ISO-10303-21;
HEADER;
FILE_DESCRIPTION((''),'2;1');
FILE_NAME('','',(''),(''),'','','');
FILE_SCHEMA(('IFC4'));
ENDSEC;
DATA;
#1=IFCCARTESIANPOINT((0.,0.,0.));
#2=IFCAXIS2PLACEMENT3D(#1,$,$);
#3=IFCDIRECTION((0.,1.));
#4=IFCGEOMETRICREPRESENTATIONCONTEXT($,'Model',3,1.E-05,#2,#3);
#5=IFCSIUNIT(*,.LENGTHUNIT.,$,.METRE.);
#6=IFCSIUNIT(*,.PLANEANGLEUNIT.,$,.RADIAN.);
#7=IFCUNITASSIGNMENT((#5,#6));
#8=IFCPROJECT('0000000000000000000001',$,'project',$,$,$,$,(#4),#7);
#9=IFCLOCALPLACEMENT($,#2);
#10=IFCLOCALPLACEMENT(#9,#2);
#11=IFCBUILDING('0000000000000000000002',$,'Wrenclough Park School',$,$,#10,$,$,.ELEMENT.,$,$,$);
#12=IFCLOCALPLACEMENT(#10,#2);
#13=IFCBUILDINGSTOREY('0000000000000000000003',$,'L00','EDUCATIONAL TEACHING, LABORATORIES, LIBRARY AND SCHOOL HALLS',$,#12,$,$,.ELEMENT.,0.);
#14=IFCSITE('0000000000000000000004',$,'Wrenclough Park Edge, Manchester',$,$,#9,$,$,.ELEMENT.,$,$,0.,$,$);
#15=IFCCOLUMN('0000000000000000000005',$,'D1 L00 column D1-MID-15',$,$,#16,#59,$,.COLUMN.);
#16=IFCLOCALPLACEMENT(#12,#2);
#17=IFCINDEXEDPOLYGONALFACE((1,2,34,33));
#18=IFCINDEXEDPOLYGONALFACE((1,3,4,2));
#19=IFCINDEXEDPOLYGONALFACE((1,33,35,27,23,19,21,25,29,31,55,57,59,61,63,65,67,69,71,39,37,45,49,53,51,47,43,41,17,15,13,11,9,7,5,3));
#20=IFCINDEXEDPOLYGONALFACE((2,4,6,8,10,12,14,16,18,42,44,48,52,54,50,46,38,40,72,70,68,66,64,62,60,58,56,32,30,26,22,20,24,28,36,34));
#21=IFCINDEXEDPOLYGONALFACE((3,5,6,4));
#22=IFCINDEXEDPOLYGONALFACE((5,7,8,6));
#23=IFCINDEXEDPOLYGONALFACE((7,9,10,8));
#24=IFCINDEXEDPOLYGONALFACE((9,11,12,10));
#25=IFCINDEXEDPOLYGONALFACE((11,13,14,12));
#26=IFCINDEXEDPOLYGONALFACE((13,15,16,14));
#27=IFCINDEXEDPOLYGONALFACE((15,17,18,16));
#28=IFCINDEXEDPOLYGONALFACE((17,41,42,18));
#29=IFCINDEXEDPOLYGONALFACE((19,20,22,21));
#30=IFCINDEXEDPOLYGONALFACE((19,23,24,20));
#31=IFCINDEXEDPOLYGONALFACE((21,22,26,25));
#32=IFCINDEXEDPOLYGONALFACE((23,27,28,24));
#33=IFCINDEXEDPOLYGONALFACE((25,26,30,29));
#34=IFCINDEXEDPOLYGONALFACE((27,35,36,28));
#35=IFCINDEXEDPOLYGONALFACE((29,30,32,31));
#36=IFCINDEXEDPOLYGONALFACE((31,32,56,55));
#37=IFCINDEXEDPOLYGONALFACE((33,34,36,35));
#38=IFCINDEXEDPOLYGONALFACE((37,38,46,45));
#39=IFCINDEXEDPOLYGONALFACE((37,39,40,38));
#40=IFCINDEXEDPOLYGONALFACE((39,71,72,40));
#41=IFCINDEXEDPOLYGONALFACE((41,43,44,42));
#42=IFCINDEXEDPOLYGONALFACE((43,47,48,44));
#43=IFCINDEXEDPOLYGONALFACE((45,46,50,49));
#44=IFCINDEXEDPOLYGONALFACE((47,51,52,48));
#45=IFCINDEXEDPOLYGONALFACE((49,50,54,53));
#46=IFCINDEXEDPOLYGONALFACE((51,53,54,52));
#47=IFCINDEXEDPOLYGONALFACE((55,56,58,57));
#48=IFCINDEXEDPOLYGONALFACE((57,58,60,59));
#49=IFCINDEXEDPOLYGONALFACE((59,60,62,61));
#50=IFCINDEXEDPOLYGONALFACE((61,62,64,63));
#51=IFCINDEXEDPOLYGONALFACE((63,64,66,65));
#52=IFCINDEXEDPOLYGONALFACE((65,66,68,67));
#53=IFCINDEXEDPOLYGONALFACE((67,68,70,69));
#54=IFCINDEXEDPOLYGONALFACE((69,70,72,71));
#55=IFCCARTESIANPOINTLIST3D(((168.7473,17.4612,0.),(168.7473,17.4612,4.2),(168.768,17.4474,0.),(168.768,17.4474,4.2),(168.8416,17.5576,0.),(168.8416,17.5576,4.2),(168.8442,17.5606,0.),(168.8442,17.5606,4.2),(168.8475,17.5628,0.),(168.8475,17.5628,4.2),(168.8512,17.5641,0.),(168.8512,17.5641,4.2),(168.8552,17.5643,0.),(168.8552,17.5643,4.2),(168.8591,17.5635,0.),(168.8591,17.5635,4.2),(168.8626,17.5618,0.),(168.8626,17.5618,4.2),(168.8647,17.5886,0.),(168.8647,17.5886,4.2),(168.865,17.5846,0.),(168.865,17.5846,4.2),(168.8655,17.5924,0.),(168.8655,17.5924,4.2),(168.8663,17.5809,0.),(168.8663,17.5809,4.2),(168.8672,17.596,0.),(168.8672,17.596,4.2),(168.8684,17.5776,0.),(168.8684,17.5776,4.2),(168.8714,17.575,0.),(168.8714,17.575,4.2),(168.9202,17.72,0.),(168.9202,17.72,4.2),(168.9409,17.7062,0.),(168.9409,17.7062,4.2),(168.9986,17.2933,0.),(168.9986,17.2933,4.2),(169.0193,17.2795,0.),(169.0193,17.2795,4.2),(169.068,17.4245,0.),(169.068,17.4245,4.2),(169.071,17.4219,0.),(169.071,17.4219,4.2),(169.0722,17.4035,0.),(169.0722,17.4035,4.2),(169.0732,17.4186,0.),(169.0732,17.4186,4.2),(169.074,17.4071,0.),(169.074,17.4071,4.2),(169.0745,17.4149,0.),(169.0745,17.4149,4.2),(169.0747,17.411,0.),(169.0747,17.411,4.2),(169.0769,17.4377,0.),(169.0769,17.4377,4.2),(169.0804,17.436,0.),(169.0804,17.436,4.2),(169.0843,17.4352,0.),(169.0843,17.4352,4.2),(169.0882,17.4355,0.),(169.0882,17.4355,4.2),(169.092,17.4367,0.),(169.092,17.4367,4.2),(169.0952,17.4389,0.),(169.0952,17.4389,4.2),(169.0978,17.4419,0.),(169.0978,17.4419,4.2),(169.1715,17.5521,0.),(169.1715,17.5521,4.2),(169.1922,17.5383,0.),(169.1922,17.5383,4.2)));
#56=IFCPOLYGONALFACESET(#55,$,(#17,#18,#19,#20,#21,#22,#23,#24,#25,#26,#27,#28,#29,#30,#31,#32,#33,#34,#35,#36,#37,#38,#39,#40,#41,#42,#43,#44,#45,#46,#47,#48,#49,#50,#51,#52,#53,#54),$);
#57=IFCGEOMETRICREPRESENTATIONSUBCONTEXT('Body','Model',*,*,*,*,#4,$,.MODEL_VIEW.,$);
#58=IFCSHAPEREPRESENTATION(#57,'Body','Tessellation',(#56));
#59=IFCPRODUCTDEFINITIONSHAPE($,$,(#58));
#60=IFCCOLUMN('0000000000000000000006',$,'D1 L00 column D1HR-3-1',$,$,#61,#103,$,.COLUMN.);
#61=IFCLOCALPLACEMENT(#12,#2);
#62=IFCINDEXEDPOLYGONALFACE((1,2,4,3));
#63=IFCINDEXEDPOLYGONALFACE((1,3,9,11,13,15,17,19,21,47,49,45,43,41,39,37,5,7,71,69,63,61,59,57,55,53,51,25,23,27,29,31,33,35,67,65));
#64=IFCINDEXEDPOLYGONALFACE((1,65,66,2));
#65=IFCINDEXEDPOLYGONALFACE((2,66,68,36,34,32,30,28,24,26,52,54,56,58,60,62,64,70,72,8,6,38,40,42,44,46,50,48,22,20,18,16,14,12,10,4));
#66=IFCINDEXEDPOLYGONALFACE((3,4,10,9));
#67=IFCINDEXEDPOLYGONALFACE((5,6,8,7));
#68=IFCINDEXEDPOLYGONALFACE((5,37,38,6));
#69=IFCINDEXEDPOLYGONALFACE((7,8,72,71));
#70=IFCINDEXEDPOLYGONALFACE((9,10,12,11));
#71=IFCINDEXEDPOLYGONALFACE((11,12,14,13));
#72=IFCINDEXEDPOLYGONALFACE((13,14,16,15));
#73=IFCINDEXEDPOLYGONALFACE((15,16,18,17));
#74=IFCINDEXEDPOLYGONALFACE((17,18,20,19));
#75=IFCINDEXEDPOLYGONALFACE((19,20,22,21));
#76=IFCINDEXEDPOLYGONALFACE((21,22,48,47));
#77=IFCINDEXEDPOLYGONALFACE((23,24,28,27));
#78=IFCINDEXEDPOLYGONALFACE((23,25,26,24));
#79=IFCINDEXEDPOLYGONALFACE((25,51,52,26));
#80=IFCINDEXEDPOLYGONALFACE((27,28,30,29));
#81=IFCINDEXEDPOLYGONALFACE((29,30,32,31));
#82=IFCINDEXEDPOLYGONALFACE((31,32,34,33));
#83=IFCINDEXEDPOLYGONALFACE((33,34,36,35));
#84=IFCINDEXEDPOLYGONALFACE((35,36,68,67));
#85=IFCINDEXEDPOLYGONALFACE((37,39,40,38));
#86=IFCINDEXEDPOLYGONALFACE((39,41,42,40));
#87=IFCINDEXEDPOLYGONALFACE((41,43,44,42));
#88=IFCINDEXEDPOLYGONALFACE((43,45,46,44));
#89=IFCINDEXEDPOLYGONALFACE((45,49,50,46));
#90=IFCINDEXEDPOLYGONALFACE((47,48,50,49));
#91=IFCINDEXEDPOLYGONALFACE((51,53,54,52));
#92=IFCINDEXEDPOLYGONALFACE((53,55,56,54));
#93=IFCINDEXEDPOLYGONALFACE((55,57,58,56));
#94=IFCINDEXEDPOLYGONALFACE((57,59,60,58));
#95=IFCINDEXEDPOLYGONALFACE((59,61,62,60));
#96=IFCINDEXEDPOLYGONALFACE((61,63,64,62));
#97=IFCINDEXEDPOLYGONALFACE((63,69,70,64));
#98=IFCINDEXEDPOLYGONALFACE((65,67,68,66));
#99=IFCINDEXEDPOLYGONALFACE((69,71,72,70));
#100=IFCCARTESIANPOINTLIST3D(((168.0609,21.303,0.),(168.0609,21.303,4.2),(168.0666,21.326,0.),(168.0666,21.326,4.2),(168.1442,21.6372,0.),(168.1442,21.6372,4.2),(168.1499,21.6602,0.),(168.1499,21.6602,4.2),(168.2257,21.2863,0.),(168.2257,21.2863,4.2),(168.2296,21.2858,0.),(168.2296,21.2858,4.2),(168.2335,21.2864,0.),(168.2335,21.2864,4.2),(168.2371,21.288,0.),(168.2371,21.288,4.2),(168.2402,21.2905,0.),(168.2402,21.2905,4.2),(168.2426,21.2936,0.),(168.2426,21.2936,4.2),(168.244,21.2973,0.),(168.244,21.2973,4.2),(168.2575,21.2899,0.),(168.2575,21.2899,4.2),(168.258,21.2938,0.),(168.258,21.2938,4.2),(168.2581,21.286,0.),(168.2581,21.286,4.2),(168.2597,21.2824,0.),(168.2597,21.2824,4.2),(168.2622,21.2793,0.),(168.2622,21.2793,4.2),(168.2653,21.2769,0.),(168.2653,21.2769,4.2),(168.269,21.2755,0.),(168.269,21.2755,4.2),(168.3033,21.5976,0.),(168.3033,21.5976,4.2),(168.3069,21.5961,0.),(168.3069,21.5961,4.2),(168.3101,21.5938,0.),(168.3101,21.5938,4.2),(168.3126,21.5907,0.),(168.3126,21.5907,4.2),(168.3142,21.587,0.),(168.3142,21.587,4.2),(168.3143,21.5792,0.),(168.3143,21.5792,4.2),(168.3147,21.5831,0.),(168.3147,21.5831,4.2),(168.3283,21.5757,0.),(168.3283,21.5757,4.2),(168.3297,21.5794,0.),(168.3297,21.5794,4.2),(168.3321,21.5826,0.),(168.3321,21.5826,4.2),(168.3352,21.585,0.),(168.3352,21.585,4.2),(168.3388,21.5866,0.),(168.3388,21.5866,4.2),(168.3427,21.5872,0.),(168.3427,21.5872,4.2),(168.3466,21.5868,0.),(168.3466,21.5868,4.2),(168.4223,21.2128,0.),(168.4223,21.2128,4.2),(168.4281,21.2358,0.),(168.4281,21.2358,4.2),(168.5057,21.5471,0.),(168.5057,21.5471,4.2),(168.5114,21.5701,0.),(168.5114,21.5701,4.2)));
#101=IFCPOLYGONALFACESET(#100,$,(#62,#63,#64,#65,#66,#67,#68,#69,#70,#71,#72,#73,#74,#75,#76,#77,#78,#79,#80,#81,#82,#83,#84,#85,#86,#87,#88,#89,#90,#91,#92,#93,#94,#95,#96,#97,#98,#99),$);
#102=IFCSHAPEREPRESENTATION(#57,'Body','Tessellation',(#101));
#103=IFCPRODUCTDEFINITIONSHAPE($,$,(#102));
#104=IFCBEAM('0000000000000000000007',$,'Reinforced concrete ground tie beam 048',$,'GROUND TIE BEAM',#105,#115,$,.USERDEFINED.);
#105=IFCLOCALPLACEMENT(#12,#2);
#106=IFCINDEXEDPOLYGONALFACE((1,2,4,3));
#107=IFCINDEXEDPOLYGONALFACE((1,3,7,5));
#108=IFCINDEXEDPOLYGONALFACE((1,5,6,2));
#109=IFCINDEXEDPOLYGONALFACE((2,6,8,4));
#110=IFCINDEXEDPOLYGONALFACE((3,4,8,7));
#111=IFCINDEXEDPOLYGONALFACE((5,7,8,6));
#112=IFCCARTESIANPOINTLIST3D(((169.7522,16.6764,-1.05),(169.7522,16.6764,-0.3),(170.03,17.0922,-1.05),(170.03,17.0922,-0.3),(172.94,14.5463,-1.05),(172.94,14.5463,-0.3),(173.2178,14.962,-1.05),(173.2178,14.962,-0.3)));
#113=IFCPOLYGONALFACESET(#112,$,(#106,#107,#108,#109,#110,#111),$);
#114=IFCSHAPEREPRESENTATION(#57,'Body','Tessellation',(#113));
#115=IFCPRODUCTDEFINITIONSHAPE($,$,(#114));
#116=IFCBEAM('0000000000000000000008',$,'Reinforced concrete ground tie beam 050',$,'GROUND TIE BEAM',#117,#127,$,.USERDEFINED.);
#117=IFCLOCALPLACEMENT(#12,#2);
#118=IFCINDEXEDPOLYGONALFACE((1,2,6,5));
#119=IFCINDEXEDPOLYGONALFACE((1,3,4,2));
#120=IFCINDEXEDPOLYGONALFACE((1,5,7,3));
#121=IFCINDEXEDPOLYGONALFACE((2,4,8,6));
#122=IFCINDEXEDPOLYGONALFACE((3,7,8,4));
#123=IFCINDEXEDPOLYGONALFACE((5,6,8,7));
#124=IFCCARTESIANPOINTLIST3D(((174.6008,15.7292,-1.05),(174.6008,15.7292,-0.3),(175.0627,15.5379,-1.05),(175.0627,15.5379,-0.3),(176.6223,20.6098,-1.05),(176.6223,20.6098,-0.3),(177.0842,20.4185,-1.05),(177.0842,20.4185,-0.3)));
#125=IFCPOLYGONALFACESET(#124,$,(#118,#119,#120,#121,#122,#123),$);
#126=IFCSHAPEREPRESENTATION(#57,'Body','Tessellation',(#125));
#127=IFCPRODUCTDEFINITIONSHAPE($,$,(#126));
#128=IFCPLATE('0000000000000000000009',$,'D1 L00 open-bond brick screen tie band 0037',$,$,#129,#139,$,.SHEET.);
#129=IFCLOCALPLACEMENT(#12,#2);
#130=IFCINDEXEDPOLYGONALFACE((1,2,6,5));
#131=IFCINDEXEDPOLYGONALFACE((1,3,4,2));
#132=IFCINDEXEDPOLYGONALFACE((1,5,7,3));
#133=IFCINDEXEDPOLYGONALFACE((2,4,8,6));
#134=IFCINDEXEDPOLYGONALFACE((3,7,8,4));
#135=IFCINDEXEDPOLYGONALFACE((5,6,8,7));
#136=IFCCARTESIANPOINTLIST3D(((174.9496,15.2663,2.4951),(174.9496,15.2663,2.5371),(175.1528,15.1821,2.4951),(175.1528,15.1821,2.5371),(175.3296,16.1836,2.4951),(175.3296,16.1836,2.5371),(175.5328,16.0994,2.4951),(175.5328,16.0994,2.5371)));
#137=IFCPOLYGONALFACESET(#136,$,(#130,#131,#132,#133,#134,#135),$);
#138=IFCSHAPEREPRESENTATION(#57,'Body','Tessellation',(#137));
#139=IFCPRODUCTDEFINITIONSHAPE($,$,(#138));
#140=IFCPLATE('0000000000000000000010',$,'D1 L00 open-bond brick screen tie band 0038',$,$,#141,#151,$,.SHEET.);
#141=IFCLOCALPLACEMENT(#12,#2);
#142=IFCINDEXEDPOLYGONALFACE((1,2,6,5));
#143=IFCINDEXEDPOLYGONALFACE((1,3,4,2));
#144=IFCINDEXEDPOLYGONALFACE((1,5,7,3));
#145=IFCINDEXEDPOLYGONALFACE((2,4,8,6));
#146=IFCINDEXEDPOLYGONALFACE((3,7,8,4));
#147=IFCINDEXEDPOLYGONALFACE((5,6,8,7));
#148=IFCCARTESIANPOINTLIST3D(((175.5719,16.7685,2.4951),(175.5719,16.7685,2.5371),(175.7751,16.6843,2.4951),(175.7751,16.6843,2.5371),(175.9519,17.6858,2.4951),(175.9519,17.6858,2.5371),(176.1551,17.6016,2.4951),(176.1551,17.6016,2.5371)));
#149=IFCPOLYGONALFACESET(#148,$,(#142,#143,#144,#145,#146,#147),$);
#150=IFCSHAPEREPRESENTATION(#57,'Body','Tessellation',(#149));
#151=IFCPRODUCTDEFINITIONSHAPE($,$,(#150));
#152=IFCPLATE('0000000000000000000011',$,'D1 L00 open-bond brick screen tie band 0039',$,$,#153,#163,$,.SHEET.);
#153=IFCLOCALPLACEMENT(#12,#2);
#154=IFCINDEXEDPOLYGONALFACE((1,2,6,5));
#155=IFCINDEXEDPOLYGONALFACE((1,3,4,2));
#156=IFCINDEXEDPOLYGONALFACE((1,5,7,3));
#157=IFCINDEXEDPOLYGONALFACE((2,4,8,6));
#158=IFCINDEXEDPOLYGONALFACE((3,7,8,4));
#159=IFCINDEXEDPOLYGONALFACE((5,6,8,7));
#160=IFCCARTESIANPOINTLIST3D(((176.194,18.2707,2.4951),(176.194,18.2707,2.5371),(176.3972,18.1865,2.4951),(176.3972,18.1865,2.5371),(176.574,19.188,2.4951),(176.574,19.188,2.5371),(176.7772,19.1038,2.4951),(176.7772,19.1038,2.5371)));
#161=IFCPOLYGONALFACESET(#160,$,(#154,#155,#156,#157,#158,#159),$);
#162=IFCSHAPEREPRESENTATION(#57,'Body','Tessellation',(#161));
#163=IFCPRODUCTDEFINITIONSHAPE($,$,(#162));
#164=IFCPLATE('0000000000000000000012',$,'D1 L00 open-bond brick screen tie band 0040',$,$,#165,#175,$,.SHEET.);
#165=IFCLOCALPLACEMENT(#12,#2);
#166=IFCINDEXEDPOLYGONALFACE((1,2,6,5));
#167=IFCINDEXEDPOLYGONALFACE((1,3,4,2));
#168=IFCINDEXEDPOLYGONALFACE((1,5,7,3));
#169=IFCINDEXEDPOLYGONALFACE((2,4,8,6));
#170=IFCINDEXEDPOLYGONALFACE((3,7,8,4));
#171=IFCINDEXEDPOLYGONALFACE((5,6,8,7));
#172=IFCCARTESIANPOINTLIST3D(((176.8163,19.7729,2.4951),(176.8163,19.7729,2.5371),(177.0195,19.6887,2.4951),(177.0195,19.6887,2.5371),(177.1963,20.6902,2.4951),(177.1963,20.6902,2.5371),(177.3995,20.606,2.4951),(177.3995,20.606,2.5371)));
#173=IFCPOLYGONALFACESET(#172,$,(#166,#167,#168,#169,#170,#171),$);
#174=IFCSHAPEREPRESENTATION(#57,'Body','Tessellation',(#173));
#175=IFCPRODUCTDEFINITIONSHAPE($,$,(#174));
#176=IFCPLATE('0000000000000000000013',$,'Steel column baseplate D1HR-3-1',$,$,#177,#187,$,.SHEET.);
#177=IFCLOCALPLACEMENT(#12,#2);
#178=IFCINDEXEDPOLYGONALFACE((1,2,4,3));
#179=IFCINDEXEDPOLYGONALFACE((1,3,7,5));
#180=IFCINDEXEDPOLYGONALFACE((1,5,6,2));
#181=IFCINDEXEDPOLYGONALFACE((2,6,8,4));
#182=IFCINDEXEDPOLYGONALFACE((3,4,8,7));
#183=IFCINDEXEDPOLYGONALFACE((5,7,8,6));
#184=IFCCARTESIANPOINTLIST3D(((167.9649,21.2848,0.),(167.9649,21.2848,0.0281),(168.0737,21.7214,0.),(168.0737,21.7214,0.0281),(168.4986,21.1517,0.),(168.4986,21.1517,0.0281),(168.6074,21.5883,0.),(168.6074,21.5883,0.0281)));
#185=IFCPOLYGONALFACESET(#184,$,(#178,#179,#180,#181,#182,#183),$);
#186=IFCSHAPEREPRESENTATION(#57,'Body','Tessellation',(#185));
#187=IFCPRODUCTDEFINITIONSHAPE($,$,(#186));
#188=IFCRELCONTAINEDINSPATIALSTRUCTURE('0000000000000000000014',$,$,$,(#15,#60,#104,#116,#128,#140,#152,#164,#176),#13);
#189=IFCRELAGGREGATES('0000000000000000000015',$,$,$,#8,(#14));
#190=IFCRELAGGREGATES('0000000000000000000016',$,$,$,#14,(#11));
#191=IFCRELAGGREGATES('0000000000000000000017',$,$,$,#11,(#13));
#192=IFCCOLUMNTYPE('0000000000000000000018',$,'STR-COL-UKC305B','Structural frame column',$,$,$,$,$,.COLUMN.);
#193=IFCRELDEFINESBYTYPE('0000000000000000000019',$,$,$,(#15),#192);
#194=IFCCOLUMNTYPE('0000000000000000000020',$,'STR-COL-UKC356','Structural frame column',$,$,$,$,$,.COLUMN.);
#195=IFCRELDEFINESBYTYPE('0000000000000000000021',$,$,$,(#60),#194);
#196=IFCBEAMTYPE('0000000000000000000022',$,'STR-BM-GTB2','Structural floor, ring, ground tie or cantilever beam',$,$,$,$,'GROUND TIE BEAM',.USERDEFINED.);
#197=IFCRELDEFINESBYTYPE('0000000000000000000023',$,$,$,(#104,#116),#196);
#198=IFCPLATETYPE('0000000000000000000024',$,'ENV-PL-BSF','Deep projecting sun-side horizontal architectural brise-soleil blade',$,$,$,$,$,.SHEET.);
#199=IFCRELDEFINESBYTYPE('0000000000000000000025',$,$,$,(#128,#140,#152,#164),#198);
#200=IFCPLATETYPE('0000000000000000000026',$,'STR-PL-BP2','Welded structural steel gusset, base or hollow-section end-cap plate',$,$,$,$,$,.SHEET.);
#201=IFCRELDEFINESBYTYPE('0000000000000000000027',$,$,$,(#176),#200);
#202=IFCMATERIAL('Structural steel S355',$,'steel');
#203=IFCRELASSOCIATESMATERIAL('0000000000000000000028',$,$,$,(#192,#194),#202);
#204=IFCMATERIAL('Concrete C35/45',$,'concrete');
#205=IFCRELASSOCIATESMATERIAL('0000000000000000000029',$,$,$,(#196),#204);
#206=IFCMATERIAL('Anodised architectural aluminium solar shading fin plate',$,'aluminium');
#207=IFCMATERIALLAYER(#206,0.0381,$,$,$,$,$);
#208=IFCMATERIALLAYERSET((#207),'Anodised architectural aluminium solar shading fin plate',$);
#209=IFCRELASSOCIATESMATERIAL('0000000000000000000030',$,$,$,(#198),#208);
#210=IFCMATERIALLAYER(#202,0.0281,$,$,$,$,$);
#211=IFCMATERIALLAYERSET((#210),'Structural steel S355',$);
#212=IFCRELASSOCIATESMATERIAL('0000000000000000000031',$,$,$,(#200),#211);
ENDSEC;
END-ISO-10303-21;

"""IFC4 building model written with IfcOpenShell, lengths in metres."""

from ifc_helpers import new_model, si_unit, direction, frame, origin, origin_2d, place, context, subcontext, project, spatial, rectangle, i_section, extrude, material, layer, layer_set, material_profile, profile_set, type_object, element, save


model = new_model("IFC4")

# Units and contexts
model_context = context("Model", 3, precision=1e-05, world=origin(), true_north=direction((0.0, 1.0)))
body_context = subcontext(model_context, "Body", "Model", "MODEL_VIEW")
ifc_project = project(units=[si_unit("LENGTHUNIT", "METRE"), si_unit("PLANEANGLEUNIT", "RADIAN")], contexts=[model_context])

# Site, building, storey
site_placement = place(None, origin())
site = spatial("IfcSite", under=ifc_project, at=site_placement, Name="Wrenclough Park Edge, Manchester", CompositionType="ELEMENT", RefElevation=0.0)
building_placement = place(site_placement, origin())
building = spatial("IfcBuilding", under=site, at=building_placement, Name="Wrenclough Park School", CompositionType="ELEMENT")
storey_placement = place(building_placement, origin())
storey = spatial("IfcBuildingStorey", under=building, at=storey_placement, Name="L00", Description="EDUCATIONAL TEACHING, LABORATORIES, LIBRARY AND SCHOOL HALLS", CompositionType="ELEMENT", Elevation=0.0)

# Shared definitions
ifc_material_1 = material(Name="Concrete C35/45", Category="concrete")

# Columns
ifc_material_2 = material(Name="Structural steel S355", Category="steel")
ifc_material_profile_1 = material_profile(ifc_material_2, i_section(OverallWidth=0.3113, OverallDepth=0.3271, WebThickness=0.0159, FlangeThickness=0.0249, FilletRadius=0.0151, at=origin_2d()), Name="UKC 305x305x158")
ifc_profile_set_1 = profile_set([ifc_material_profile_1], Name="Structural steel S355")
column_type_1 = type_object("IfcColumnType", Name="STR-COL-UKC305B", Description="Structural frame column", PredefinedType="COLUMN", material=ifc_profile_set_1)
column_1_placement = place(storey_placement, frame((168.9697, 17.4998, 0.0), z_axis=(0.0, 0.0, 1.0), x_axis=(0.55557, 0.83147, 0.0)))
element("IfcColumn", 1, at=column_1_placement, inside=storey, type_object=column_type_1, Name="D1 L00 column D1-MID-15", PredefinedType="COLUMN", context=body_context, shape_type="SweptSolid", body=[
    extrude(i_section(OverallWidth=0.3113, OverallDepth=0.3271, WebThickness=0.0159, FlangeThickness=0.0249, FilletRadius=0.0151, at=origin_2d()), origin(), (0.0, 0.0, 1.0), 4.2),
])
ifc_material_profile_2 = material_profile(ifc_material_2, i_section(OverallWidth=0.3726, OverallDepth=0.3682, WebThickness=0.0144, FlangeThickness=0.0237, FilletRadius=0.0151, at=origin_2d()), Name="UKC 356x368x177")
ifc_profile_set_2 = profile_set([ifc_material_profile_2], Name="Structural steel S355")
column_type_2 = type_object("IfcColumnType", Name="STR-COL-UKC356", Description="Structural frame column", PredefinedType="COLUMN", material=ifc_profile_set_2)
column_2_placement = place(storey_placement, frame((168.2861, 21.4365, 0.0), z_axis=(0.0, 0.0, 1.0), x_axis=(0.970296, -0.241922, 0.0)))
element("IfcColumn", 2, at=column_2_placement, inside=storey, type_object=column_type_2, Name="D1 L00 column D1HR-3-1", PredefinedType="COLUMN", context=body_context, shape_type="SweptSolid", body=[
    extrude(i_section(OverallWidth=0.3726, OverallDepth=0.3682, WebThickness=0.0144, FlangeThickness=0.0237, FilletRadius=0.0151, at=origin_2d()), origin(), (0.0, 0.0, 1.0), 4.2),
])

# Beams
ifc_material_profile_3 = material_profile(ifc_material_1, rectangle(XDim=0.5, YDim=0.75, at=origin_2d()), Name="RC GROUND 500x750")
ifc_profile_set_3 = profile_set([ifc_material_profile_3], Name="Concrete C35/45")
beam_type = type_object("IfcBeamType", Name="STR-BM-GTB2", Description="Structural floor, ring, ground tie or cantilever beam", ElementType="GROUND TIE BEAM", PredefinedType="USERDEFINED", material=ifc_profile_set_3)
beam_1_placement = place(storey_placement, frame((173.0789, 14.7542, -0.675), z_axis=(-0.831452, 0.555596, 0.0), x_axis=(-0.555596, -0.831452, 0.0)))
element("IfcBeam", 3, at=beam_1_placement, inside=storey, type_object=beam_type, Name="Reinforced concrete ground tie beam 048", ObjectType="GROUND TIE BEAM", PredefinedType="USERDEFINED", context=body_context, shape_type="SweptSolid", body=[
    extrude(rectangle(XDim=0.5, YDim=0.75, at=origin_2d()), origin(), (0.0, 0.0, 1.0), 3.834),
])
beam_2_placement = place(storey_placement, frame((176.8533, 20.5142, -0.675), z_axis=(-0.382662, -0.923888, 0.0), x_axis=(0.923888, -0.382662, 0.0)))
element("IfcBeam", 4, at=beam_2_placement, inside=storey, type_object=beam_type, Name="Reinforced concrete ground tie beam 050", ObjectType="GROUND TIE BEAM", PredefinedType="USERDEFINED", context=body_context, shape_type="SweptSolid", body=[
    extrude(rectangle(XDim=0.5, YDim=0.75, at=origin_2d()), origin(), (0.0, 0.0, 1.0), 5.2827),
])

# Plates
ifc_material_3 = material(Name="Anodised architectural aluminium solar shading fin plate", Category="aluminium")
ifc_layer_1 = layer(ifc_material_3, 0.0381)
ifc_layer_set_1 = layer_set([ifc_layer_1], Name="Anodised architectural aluminium solar shading fin plate")
plate_type_1 = type_object("IfcPlateType", Name="ENV-PL-BSF", Description="Deep projecting sun-side horizontal architectural brise-soleil blade", PredefinedType="SHEET", material=ifc_layer_set_1)
for number, where, z_axis, x_axis, name in (
    (5, (175.2412, 15.6829, 2.4951), (0.0, 0.0, 1.0), (0.382692, 0.923876, 0.0), "D1 L00 open-bond brick screen tie band 0037"),
    (6, (175.8635, 17.1851, 2.4951), (0.0, 0.0, 1.0), (0.382692, 0.923876, 0.0), "D1 L00 open-bond brick screen tie band 0038"),
    (7, (176.4856, 18.6873, 2.4951), (0.0, 0.0, 1.0), (0.382692, 0.923876, 0.0), "D1 L00 open-bond brick screen tie band 0039"),
    (8, (177.1079, 20.1895, 2.4951), (0.0, 0.0, 1.0), (0.382692, 0.923876, 0.0), "D1 L00 open-bond brick screen tie band 0040"),
):
    element("IfcPlate", number, at=place(storey_placement, frame(where, z_axis=z_axis, x_axis=x_axis)), inside=storey, type_object=plate_type_1, Name=name, PredefinedType="SHEET", context=body_context, shape_type="SweptSolid", body=[
        extrude(rectangle(XDim=0.9929, YDim=0.22, at=origin_2d()), origin(), (0.0, 0.0, 1.0), 0.042),
    ])
ifc_layer_2 = layer(ifc_material_2, 0.0281)
ifc_layer_set_2 = layer_set([ifc_layer_2], Name="Structural steel S355")
plate_type_2 = type_object("IfcPlateType", Name="STR-PL-BP2", Description="Welded structural steel gusset, base or hollow-section end-cap plate", PredefinedType="SHEET", material=ifc_layer_set_2)
plate_1_placement = place(storey_placement, frame((168.2861, 21.4365, 0.0), z_axis=(0.0, 0.0, 1.0), x_axis=(0.970296, -0.241922, 0.0)))
element("IfcPlate", 9, at=plate_1_placement, inside=storey, type_object=plate_type_2, Name="Steel column baseplate D1HR-3-1", PredefinedType="SHEET", context=body_context, shape_type="SweptSolid", body=[
    extrude(rectangle(XDim=0.55, YDim=0.45, at=origin_2d()), origin(), (0.0, 0.0, 1.0), 0.0281),
])

save(model, "model.ifc")
